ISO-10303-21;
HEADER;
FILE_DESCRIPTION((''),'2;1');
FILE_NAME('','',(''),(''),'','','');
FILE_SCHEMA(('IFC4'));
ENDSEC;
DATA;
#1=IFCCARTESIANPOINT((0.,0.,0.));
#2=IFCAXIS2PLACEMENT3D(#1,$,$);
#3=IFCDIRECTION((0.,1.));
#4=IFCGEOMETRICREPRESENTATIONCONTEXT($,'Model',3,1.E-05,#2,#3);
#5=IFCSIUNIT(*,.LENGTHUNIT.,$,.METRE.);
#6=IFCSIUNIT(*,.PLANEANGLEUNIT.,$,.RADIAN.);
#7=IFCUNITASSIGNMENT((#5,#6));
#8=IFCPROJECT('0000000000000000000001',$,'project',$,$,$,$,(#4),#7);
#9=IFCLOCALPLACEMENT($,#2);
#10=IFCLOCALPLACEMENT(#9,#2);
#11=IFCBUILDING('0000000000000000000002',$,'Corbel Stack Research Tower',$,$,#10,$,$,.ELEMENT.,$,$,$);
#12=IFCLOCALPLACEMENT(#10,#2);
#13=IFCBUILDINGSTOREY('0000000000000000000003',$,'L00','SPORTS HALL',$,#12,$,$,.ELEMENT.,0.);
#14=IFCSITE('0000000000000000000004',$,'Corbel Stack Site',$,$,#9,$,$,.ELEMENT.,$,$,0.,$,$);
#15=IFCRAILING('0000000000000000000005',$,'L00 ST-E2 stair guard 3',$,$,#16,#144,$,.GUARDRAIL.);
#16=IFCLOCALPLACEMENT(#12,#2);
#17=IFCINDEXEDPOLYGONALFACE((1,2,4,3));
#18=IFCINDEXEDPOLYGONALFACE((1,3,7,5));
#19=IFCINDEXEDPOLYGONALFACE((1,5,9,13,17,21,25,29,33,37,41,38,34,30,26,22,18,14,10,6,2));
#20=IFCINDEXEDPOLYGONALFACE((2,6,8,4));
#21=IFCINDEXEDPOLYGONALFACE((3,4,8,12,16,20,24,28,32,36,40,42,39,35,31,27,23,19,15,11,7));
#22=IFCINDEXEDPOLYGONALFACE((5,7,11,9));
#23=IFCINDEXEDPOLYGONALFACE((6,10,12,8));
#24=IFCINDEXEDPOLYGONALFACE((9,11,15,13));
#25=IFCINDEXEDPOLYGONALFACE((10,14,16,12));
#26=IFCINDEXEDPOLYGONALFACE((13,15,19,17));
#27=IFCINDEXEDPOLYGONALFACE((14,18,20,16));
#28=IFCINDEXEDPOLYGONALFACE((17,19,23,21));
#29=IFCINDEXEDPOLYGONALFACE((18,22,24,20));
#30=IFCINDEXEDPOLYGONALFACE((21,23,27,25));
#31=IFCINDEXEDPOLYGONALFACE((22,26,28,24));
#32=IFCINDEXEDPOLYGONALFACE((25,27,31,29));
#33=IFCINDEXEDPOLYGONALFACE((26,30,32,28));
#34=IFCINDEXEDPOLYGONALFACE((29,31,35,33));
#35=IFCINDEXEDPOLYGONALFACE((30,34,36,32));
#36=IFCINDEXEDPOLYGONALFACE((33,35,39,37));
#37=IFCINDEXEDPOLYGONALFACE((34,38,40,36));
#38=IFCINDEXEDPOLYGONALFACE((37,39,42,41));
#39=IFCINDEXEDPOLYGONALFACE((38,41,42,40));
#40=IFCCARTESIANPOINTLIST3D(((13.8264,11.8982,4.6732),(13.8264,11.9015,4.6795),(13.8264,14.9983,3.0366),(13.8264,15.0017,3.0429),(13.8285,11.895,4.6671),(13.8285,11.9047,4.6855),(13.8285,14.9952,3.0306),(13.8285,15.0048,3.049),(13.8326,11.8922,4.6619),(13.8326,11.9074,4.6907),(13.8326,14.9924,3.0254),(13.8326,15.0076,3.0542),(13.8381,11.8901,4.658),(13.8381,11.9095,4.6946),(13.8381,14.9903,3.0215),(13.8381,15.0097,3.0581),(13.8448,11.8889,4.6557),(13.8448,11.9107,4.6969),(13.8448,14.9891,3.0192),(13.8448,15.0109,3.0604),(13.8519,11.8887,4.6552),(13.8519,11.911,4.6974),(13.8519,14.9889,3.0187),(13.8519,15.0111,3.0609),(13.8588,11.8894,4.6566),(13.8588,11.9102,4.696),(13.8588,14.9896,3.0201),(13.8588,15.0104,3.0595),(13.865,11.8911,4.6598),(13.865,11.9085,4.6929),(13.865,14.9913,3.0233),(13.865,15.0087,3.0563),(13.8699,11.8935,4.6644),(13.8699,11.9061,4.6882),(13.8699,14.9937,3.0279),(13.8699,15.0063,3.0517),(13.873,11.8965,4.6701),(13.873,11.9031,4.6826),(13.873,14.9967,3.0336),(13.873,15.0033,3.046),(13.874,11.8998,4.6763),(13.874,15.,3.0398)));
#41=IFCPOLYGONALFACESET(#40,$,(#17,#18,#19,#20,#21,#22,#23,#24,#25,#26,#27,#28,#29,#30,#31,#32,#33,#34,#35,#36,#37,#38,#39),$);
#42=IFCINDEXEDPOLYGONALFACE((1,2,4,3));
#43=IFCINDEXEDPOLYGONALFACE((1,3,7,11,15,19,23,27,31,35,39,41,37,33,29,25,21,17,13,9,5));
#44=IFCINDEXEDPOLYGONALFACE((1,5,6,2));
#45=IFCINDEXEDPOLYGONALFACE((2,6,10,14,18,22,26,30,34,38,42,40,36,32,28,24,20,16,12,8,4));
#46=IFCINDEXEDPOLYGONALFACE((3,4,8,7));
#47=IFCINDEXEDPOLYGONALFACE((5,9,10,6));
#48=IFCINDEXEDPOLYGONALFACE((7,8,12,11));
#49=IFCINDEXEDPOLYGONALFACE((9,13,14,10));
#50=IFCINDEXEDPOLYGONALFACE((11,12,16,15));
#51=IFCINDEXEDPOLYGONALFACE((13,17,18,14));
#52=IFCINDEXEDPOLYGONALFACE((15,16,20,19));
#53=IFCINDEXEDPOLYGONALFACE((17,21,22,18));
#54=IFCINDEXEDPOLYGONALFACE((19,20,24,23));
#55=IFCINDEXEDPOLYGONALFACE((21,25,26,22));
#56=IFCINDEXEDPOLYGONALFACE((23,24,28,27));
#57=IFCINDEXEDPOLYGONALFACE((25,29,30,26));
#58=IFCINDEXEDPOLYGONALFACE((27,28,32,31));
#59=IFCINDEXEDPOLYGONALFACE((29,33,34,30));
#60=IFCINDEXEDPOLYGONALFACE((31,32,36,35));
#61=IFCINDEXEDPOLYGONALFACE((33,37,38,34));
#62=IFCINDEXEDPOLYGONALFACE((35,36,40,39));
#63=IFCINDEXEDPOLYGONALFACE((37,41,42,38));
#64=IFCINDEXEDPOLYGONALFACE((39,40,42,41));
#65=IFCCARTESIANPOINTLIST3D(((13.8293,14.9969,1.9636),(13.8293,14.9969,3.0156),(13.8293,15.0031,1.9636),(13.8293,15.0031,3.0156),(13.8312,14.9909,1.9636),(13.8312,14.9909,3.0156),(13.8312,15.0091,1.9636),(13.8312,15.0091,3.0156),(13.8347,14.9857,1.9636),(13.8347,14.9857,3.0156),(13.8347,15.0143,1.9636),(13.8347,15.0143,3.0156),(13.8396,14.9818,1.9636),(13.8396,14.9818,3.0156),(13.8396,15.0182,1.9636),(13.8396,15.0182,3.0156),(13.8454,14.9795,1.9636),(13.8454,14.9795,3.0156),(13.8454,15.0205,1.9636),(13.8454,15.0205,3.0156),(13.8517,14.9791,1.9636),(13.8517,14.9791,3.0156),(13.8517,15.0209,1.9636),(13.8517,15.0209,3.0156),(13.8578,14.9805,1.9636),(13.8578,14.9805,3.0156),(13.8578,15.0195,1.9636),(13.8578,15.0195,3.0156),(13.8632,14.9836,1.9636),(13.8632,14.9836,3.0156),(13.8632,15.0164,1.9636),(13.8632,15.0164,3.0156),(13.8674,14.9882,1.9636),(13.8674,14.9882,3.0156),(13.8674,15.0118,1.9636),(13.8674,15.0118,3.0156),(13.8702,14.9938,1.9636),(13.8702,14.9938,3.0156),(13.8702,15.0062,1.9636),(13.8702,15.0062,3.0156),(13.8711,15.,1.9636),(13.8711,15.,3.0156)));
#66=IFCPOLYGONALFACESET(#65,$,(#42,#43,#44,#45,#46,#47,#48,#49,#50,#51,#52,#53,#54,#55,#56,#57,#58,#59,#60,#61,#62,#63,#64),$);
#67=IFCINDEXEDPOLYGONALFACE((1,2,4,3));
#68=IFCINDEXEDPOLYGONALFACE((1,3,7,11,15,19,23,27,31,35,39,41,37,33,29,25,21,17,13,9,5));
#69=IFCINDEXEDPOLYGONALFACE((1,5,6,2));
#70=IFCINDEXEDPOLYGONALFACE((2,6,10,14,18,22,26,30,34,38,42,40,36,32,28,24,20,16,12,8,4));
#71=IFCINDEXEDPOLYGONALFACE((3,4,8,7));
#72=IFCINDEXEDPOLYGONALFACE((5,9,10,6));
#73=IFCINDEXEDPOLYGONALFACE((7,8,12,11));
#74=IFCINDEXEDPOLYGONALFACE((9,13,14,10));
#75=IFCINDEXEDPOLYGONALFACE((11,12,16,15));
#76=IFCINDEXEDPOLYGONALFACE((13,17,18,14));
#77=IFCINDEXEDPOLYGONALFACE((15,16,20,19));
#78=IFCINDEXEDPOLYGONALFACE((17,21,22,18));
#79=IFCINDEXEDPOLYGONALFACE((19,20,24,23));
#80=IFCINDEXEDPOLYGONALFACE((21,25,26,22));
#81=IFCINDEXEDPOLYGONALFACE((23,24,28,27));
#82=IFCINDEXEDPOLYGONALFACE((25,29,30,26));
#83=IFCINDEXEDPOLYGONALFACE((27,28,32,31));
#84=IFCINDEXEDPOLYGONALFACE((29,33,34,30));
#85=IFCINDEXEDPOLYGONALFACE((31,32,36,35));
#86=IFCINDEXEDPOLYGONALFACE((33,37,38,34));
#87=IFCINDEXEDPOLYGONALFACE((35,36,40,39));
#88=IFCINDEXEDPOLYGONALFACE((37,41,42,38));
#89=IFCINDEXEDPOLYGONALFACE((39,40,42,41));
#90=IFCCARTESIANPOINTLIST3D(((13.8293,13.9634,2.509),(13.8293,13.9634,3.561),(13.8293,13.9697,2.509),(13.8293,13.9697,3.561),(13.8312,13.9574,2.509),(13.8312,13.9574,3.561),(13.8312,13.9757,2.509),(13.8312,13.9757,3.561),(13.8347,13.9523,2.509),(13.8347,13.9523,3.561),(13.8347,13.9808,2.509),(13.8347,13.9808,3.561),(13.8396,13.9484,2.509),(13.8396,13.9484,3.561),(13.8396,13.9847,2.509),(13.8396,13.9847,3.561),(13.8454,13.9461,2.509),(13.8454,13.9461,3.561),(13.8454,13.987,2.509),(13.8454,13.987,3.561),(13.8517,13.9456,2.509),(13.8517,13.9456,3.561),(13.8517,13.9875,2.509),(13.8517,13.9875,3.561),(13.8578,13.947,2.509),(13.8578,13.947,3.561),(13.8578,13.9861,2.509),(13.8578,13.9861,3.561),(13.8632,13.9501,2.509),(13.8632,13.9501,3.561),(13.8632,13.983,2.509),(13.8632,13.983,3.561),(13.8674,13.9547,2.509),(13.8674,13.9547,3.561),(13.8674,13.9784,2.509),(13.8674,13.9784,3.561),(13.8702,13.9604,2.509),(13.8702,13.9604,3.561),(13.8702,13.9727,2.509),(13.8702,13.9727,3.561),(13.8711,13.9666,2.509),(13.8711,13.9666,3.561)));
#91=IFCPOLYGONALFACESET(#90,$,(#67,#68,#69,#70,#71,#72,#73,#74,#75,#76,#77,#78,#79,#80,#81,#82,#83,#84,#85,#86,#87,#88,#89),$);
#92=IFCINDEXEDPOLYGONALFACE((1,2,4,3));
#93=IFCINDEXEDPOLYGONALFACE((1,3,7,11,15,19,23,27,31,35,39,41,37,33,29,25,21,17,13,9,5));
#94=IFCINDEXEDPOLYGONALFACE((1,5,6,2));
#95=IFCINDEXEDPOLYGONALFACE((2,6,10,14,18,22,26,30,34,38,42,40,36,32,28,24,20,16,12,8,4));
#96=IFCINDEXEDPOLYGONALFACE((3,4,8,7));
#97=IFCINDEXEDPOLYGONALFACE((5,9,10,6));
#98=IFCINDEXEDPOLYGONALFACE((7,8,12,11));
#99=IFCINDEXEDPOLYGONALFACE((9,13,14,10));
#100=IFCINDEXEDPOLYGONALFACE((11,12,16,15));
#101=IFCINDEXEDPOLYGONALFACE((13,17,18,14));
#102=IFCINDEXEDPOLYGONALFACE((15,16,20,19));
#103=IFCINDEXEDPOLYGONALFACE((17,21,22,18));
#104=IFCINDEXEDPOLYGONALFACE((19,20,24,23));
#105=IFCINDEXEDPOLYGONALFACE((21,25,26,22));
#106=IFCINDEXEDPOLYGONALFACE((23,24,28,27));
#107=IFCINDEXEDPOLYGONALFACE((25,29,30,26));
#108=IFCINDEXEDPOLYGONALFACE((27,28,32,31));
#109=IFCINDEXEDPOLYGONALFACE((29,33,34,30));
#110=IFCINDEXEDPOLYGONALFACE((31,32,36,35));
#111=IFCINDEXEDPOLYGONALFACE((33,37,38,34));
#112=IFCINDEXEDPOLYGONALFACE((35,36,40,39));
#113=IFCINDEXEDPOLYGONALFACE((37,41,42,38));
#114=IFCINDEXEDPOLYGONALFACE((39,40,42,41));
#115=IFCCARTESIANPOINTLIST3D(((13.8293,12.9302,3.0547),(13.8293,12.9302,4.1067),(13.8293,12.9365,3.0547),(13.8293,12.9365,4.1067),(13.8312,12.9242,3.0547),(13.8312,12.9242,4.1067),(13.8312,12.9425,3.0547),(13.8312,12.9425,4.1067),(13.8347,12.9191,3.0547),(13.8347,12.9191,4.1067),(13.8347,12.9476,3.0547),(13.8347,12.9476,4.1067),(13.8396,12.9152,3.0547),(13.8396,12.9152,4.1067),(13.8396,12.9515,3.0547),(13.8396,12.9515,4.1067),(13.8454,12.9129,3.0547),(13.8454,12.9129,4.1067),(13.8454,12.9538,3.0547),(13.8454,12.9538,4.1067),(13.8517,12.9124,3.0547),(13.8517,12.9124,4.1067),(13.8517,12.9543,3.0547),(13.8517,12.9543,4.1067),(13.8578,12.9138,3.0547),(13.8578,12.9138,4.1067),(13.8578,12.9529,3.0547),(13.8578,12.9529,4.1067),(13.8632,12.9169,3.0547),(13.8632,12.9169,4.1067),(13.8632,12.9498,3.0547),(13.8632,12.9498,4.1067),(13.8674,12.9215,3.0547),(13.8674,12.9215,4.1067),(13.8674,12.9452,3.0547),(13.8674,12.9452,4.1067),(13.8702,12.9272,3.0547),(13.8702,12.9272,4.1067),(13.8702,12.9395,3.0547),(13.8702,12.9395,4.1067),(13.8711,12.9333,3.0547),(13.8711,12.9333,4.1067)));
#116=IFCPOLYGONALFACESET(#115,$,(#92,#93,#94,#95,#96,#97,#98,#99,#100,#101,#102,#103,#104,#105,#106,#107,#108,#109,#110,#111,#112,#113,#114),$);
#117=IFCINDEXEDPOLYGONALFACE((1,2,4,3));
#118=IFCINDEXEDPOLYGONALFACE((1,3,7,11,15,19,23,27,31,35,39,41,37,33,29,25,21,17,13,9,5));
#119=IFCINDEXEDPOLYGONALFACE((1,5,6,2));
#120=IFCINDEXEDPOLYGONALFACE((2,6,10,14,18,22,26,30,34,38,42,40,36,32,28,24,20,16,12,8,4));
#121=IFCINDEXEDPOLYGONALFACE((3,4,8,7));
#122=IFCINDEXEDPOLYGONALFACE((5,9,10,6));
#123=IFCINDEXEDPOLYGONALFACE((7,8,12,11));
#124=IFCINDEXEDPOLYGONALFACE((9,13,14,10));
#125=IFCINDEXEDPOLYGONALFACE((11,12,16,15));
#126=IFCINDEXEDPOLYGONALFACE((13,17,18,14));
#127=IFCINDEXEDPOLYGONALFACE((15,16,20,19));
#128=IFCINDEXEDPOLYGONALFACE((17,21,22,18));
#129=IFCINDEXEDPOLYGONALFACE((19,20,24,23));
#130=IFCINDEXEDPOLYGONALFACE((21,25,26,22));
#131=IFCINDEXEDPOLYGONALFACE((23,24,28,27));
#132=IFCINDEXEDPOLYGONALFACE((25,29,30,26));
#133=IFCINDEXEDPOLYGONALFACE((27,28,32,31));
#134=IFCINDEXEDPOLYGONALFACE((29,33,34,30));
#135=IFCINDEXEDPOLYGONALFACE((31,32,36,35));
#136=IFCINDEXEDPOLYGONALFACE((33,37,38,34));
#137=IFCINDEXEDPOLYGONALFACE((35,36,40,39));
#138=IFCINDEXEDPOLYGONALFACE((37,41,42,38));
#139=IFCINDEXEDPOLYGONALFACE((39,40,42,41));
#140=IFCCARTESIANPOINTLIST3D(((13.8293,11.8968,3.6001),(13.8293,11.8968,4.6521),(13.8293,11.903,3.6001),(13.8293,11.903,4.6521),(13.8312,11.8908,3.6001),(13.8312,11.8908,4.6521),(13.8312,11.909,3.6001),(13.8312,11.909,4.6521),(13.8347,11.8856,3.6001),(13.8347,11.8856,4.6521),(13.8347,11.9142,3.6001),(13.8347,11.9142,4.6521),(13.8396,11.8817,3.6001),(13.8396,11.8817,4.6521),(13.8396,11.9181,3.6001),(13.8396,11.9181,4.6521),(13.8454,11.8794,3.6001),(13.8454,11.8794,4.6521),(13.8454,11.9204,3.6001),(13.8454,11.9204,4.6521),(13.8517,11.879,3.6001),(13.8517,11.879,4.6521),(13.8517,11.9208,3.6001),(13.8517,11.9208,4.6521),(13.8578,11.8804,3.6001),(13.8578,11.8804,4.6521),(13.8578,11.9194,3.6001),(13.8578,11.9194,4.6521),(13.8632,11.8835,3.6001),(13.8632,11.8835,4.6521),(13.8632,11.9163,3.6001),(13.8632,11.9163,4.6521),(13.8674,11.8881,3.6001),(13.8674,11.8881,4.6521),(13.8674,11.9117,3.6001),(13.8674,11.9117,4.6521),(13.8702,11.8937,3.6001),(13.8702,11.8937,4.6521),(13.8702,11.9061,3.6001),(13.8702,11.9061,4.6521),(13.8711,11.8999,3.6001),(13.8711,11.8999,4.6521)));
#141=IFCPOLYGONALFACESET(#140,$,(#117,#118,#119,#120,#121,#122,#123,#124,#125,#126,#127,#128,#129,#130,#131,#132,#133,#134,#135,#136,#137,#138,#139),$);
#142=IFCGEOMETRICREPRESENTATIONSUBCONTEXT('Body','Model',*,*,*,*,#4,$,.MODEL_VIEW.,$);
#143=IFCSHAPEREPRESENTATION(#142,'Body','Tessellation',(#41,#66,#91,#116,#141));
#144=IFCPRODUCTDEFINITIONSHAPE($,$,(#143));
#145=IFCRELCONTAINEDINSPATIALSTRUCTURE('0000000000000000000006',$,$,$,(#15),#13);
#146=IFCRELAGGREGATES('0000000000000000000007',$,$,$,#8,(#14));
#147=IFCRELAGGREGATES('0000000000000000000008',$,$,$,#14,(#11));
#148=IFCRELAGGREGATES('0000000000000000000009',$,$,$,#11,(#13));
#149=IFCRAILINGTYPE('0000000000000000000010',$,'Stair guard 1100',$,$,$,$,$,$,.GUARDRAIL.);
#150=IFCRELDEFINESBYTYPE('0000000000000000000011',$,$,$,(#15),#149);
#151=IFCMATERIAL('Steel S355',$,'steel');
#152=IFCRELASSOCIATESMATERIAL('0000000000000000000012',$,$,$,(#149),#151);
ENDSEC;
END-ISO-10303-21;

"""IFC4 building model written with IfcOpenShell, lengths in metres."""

from ifc_helpers import new_model, si_unit, direction, frame, origin, origin_2d, place, context, subcontext, project, spatial, circle, extrude, material, type_object, element, save


model = new_model("IFC4")

# Units and contexts
model_context = context("Model", 3, precision=1e-05, world=origin(), true_north=direction((0.0, 1.0)))
body_context = subcontext(model_context, "Body", "Model", "MODEL_VIEW")
ifc_project = project(units=[si_unit("LENGTHUNIT", "METRE"), si_unit("PLANEANGLEUNIT", "RADIAN")], contexts=[model_context])

# Site, building, storey
site_placement = place(None, origin())
site = spatial("IfcSite", under=ifc_project, at=site_placement, Name="Corbel Stack Site", CompositionType="ELEMENT", RefElevation=0.0)
building_placement = place(site_placement, origin())
building = spatial("IfcBuilding", under=site, at=building_placement, Name="Corbel Stack Research Tower", CompositionType="ELEMENT")
storey_placement = place(building_placement, origin())
storey = spatial("IfcBuildingStorey", under=building, at=storey_placement, Name="L00", Description="SPORTS HALL", CompositionType="ELEMENT", Elevation=0.0)

# Railing
ifc_material_1 = material(Name="Steel S355", Category="steel")
railing_type_1 = type_object("IfcRailingType", Name="Stair guard 1100", PredefinedType="GUARDRAIL", material=ifc_material_1)
railing_1_placement = place(storey_placement, frame((13.8501, 15.0, 1.9636)))
element("IfcRailing", 1, at=railing_1_placement, inside=storey, type_object=railing_type_1, Name="L00 ST-E2 stair guard 3", PredefinedType="GUARDRAIL", context=body_context, shape_type="SweptSolid", body=[
    extrude(circle(Radius=0.0239, at=origin_2d()), frame((0.0, 0.0, 1.0762), z_axis=(0.0, -0.884348, 0.466828), x_axis=(1.0, 0.0, 0.0)), (0.0, 0.0, 1.0), 3.5056),
    extrude(circle(Radius=0.021, at=origin_2d()), origin(), (0.0, 0.0, 1.0), 1.052),
    extrude(circle(Radius=0.021, at=origin_2d()), frame((0.0, -1.0334, 0.5454)), (0.0, 0.0, 1.0), 1.052),
    extrude(circle(Radius=0.021, at=origin_2d()), frame((0.0, -2.0667, 1.0911)), (0.0, 0.0, 1.0), 1.052),
    extrude(circle(Radius=0.021, at=origin_2d()), frame((0.0, -3.1001, 1.6365)), (0.0, 0.0, 1.0), 1.052),
])

save(model, "model.ifc")
